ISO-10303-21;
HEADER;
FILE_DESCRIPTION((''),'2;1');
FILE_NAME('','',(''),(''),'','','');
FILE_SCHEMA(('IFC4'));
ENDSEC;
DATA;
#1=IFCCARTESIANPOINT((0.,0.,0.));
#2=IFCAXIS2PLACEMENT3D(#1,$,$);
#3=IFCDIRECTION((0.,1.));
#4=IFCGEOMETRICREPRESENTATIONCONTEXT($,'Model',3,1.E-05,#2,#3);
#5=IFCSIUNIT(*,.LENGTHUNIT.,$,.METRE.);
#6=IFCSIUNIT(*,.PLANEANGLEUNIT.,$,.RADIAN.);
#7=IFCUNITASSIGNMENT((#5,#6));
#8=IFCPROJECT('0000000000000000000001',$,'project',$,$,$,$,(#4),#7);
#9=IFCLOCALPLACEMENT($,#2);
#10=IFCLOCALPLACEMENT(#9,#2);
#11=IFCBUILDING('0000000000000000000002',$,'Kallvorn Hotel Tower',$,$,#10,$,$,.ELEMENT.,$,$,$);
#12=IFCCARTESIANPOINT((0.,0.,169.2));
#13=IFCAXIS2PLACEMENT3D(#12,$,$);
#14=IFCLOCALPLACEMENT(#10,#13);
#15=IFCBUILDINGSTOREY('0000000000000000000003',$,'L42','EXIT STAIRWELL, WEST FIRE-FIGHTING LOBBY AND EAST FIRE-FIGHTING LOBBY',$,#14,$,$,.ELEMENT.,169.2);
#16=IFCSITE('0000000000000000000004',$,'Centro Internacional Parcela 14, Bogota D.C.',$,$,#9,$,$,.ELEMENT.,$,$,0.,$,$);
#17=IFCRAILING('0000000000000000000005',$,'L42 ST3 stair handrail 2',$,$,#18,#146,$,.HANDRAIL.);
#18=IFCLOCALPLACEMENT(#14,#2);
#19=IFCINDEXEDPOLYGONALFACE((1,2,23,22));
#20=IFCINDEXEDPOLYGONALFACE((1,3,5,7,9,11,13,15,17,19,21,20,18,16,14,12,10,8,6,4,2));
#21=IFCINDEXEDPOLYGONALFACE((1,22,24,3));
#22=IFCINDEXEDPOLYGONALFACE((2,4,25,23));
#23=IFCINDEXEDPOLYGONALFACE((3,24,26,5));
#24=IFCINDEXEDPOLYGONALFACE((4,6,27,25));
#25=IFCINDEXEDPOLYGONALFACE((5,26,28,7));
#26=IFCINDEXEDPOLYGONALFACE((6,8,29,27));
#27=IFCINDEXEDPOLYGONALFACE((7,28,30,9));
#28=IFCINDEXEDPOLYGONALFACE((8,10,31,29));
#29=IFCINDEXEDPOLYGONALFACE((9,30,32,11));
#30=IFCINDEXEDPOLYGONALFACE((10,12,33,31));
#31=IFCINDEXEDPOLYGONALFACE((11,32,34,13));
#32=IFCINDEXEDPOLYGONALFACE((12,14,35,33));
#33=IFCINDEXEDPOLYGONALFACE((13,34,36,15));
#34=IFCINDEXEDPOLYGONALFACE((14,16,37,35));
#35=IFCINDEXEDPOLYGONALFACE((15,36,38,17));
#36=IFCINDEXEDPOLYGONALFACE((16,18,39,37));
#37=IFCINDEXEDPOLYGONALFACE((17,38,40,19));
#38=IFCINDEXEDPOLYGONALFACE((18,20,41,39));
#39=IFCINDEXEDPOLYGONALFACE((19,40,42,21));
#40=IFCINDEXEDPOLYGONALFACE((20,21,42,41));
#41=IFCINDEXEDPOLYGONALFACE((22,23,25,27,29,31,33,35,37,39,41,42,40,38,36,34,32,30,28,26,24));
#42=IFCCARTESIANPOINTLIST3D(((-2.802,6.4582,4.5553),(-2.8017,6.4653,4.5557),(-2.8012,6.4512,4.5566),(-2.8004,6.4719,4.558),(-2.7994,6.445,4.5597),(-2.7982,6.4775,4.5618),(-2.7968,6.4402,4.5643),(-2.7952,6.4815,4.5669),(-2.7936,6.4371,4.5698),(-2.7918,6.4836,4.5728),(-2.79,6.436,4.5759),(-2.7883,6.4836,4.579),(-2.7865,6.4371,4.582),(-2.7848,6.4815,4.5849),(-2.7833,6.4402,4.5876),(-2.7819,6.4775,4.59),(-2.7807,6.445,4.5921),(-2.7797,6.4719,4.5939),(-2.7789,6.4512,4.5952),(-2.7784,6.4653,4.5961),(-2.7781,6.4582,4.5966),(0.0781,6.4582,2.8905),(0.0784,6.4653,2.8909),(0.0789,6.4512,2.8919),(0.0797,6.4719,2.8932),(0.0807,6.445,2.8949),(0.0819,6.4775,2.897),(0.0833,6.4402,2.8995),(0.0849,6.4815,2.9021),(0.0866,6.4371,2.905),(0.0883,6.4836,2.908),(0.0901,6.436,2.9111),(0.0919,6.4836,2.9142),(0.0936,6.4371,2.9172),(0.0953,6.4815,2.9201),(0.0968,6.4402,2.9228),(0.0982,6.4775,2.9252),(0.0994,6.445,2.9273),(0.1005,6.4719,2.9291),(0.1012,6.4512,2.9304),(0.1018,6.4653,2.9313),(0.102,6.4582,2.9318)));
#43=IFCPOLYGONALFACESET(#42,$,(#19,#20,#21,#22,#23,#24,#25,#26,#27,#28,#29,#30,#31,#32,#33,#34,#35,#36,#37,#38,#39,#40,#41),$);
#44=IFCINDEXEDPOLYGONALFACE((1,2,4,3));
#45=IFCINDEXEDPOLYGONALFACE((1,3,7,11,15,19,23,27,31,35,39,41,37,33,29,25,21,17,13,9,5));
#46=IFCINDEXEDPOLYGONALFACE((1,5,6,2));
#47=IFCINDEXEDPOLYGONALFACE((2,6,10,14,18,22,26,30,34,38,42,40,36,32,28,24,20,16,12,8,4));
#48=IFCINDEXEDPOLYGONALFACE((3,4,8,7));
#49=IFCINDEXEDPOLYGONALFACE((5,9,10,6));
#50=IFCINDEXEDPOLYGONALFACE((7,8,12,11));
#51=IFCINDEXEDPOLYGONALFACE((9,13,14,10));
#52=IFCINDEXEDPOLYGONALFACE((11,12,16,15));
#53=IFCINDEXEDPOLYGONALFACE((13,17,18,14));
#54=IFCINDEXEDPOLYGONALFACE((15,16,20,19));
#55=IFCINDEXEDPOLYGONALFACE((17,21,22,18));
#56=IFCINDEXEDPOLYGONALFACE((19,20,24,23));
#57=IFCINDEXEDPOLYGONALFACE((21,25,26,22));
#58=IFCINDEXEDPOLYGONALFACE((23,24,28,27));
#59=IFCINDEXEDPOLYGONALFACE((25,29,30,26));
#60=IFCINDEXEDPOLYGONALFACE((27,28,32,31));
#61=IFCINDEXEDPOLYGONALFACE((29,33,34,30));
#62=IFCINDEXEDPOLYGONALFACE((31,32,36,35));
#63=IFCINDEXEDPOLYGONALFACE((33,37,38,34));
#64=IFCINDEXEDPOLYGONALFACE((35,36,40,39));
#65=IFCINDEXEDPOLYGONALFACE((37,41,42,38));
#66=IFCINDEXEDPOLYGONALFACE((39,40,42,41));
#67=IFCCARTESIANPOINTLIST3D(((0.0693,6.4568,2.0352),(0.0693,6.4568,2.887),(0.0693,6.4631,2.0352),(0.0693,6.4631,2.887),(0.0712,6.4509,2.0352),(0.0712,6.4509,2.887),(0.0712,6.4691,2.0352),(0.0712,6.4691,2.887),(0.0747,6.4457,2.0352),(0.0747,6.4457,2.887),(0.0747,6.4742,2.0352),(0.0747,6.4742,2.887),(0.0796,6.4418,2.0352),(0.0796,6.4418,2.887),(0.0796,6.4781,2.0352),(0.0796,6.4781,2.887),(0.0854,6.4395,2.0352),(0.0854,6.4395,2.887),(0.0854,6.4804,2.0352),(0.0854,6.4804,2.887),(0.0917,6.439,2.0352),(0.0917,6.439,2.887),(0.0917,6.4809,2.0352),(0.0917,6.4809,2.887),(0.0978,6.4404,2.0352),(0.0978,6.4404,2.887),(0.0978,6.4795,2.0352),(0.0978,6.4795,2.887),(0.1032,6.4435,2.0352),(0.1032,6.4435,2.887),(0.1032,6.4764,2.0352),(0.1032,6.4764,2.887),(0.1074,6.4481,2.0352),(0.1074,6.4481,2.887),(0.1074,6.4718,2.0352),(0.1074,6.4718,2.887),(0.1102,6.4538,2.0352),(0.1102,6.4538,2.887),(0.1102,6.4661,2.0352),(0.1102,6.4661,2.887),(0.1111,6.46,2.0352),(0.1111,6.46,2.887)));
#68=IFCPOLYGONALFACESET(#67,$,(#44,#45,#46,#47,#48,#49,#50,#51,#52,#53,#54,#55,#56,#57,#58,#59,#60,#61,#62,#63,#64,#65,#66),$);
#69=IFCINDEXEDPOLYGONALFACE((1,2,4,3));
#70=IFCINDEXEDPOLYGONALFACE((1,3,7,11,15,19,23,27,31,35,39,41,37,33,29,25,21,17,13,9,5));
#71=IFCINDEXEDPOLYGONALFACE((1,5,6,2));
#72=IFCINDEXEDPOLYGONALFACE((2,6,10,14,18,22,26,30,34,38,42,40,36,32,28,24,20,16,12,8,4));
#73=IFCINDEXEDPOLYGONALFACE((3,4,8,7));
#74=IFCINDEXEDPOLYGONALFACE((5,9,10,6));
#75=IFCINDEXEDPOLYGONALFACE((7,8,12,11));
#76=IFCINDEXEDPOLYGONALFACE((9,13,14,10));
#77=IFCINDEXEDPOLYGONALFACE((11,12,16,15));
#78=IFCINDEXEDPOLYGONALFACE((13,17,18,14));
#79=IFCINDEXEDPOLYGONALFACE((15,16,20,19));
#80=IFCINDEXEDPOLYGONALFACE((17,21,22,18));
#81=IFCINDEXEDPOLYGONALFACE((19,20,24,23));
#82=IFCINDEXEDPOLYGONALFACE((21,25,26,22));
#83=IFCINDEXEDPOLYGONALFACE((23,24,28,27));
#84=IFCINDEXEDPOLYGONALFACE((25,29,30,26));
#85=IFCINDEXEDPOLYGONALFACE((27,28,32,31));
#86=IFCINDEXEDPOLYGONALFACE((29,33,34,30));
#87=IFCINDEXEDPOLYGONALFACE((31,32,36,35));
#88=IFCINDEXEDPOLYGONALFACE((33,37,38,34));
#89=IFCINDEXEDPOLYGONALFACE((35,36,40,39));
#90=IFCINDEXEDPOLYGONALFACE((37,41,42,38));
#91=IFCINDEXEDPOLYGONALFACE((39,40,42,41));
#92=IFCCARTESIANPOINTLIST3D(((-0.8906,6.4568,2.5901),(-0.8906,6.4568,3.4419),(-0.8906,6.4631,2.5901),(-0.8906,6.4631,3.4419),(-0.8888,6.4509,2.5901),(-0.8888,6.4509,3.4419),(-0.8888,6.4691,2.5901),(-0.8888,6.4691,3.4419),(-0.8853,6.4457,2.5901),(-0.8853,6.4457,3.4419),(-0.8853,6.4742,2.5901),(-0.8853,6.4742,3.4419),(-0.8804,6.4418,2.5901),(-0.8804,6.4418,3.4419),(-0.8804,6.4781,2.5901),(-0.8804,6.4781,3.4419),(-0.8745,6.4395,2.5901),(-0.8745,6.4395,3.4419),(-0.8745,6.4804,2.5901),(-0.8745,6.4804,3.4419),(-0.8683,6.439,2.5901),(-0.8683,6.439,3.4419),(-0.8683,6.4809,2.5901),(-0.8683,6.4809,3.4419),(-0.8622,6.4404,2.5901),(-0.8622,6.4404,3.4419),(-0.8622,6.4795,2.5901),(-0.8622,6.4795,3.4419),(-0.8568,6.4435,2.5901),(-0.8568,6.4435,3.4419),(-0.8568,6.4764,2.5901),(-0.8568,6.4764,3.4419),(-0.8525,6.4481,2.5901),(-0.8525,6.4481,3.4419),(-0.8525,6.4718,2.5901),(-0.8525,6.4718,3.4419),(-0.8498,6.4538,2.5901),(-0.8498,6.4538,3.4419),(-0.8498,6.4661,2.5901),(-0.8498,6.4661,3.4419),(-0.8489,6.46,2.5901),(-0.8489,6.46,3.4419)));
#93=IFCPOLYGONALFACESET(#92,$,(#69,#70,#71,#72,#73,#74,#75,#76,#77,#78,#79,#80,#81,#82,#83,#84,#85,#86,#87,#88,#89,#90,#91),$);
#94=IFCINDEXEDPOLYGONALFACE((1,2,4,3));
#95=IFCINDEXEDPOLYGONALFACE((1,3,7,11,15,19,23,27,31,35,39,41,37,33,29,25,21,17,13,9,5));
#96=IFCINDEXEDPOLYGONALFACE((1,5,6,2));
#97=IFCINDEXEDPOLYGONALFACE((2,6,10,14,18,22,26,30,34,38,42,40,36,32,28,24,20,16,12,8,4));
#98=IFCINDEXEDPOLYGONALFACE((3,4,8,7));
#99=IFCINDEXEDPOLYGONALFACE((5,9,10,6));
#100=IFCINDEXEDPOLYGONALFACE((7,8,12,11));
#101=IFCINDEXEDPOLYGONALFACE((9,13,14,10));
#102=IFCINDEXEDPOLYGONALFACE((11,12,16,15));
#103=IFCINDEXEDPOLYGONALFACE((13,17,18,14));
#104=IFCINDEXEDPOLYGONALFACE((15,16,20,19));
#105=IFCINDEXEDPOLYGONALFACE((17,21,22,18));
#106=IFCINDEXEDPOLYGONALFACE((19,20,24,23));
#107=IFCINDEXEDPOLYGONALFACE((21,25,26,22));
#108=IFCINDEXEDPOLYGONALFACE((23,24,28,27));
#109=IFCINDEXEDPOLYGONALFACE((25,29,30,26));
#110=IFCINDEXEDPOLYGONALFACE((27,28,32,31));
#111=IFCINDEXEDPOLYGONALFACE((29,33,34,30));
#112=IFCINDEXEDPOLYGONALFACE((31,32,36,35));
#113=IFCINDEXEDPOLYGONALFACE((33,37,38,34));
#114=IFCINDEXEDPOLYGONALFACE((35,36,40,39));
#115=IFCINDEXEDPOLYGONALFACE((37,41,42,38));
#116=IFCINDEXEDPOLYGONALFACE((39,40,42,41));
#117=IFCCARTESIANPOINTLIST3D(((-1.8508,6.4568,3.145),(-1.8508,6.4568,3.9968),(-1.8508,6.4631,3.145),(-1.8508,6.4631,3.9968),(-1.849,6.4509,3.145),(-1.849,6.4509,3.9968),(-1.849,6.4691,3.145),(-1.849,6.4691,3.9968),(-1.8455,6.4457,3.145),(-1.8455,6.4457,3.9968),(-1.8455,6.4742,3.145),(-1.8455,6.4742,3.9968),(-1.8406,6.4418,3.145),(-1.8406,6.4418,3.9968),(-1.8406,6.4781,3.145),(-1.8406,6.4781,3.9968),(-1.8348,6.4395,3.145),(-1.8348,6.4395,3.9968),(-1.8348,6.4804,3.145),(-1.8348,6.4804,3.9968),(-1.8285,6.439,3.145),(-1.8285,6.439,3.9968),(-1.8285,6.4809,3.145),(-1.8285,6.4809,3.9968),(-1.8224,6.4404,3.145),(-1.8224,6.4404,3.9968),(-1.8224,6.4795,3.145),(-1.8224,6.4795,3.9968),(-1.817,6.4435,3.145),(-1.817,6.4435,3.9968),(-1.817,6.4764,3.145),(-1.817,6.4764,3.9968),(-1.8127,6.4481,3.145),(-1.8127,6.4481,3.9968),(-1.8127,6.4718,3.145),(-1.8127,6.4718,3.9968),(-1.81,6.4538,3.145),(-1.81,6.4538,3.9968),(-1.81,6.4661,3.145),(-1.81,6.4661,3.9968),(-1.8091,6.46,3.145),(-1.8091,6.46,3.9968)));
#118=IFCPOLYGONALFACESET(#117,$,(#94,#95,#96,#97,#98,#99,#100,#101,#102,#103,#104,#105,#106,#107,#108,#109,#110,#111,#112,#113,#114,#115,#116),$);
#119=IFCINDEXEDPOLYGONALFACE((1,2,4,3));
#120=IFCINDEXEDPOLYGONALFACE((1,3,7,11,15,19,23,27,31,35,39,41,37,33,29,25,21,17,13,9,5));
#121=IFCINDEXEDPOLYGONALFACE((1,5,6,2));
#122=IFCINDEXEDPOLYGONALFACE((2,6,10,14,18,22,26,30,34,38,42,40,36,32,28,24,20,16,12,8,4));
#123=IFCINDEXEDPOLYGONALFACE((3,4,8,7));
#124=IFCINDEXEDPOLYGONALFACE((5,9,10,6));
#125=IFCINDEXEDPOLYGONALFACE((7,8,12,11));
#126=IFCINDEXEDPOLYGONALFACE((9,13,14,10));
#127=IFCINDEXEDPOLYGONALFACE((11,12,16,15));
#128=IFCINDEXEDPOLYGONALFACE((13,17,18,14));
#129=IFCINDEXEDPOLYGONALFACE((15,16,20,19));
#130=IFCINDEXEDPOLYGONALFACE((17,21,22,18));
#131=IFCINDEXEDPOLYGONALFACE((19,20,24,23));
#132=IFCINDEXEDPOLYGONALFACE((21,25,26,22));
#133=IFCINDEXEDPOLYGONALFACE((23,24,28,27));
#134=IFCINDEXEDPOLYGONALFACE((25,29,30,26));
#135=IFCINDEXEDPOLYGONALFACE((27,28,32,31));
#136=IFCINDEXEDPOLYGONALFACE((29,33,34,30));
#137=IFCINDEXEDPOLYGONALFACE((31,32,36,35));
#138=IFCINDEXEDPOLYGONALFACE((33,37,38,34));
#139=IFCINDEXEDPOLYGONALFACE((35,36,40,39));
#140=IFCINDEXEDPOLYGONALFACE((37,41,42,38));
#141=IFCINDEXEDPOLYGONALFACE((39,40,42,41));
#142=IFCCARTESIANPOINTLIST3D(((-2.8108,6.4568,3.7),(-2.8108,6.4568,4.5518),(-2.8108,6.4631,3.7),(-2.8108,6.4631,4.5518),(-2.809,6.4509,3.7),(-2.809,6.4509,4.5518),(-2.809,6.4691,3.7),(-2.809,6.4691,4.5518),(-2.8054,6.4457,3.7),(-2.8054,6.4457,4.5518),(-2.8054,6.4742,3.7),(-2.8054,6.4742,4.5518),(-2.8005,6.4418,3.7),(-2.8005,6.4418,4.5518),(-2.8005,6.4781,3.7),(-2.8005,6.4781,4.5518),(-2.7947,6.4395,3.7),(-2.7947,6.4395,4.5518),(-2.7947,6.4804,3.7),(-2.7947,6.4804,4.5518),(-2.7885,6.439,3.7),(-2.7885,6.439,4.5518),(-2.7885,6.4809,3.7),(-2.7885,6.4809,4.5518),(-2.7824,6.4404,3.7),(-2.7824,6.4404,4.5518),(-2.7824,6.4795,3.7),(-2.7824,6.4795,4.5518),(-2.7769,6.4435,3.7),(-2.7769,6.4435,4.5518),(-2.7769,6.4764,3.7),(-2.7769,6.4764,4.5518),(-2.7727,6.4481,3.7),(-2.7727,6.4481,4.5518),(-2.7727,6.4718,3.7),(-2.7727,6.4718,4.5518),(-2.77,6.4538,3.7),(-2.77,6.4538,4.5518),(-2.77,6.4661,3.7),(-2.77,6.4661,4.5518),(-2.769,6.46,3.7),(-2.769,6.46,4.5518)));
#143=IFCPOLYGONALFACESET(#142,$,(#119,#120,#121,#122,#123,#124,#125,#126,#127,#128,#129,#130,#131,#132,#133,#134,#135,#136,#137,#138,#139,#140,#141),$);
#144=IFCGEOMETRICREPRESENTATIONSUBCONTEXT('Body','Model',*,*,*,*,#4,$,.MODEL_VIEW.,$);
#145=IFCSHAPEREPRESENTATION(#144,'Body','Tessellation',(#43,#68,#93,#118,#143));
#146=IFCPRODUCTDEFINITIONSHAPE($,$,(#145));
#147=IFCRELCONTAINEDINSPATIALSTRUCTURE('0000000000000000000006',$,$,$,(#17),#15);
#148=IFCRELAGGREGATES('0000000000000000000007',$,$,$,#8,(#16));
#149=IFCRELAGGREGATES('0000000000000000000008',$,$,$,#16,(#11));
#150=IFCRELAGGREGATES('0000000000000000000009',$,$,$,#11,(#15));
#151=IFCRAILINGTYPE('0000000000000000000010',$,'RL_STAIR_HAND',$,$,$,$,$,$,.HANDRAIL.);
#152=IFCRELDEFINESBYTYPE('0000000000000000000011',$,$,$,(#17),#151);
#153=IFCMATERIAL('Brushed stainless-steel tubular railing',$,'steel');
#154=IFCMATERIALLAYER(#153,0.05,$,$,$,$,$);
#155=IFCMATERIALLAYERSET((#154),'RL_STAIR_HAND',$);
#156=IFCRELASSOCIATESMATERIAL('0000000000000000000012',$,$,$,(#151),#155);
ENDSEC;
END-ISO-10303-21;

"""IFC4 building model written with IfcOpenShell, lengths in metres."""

from ifc_helpers import new_model, si_unit, direction, frame, origin, origin_2d, place, context, subcontext, project, spatial, circle, extrude, material, layer, layer_set, type_object, element, save


model = new_model("IFC4")

# Units and contexts
model_context = context("Model", 3, precision=1e-05, world=origin(), true_north=direction((0.0, 1.0)))
body_context = subcontext(model_context, "Body", "Model", "MODEL_VIEW")
ifc_project = project(units=[si_unit("LENGTHUNIT", "METRE"), si_unit("PLANEANGLEUNIT", "RADIAN")], contexts=[model_context])

# Site, building, storey
site_placement = place(None, origin())
site = spatial("IfcSite", under=ifc_project, at=site_placement, Name="Centro Internacional Parcela 14, Bogota D.C.", CompositionType="ELEMENT", RefElevation=0.0)
building_placement = place(site_placement, origin())
building = spatial("IfcBuilding", under=site, at=building_placement, Name="Kallvorn Hotel Tower", CompositionType="ELEMENT")
storey_placement = place(building_placement, frame((0.0, 0.0, 169.2)))
storey = spatial("IfcBuildingStorey", under=building, at=storey_placement, Name="L42", Description="EXIT STAIRWELL, WEST FIRE-FIGHTING LOBBY AND EAST FIRE-FIGHTING LOBBY", CompositionType="ELEMENT", Elevation=169.2)

# Railing
ifc_material_1 = material(Name="Brushed stainless-steel tubular railing", Category="steel")
ifc_layer_1 = layer(ifc_material_1, 0.05)
ifc_layer_set_1 = layer_set([ifc_layer_1], Name="RL_STAIR_HAND")
railing_type_1 = type_object("IfcRailingType", Name="RL_STAIR_HAND", PredefinedType="HANDRAIL", material=ifc_layer_set_1)
railing_1_placement = place(storey_placement, frame((0.0901, 6.46, 2.0352)))
element("IfcRailing", 1, at=railing_1_placement, inside=storey, type_object=railing_type_1, Name="L42 ST3 stair handrail 2", PredefinedType="HANDRAIL", context=body_context, shape_type="SweptSolid", body=[
    extrude(circle(Radius=0.0239, at=origin_2d()), frame((0.0, 0.0, 0.876), z_axis=(-0.865771, 0.0, 0.50044), x_axis=(0.0, -1.0, 0.0)), (0.0, 0.0, 1.0), 3.3267),
    extrude(circle(Radius=0.021, at=origin_2d()), origin(), (0.0, 0.0, 1.0), 0.8518),
    extrude(circle(Radius=0.021, at=origin_2d()), frame((-0.96, 0.0, 0.5549)), (0.0, 0.0, 1.0), 0.8518),
    extrude(circle(Radius=0.021, at=origin_2d()), frame((-1.9202, 0.0, 1.1099)), (0.0, 0.0, 1.0), 0.8518),
    extrude(circle(Radius=0.021, at=origin_2d()), frame((-2.8801, 0.0, 1.6648)), (0.0, 0.0, 1.0), 0.8518),
])

save(model, "model.ifc")
